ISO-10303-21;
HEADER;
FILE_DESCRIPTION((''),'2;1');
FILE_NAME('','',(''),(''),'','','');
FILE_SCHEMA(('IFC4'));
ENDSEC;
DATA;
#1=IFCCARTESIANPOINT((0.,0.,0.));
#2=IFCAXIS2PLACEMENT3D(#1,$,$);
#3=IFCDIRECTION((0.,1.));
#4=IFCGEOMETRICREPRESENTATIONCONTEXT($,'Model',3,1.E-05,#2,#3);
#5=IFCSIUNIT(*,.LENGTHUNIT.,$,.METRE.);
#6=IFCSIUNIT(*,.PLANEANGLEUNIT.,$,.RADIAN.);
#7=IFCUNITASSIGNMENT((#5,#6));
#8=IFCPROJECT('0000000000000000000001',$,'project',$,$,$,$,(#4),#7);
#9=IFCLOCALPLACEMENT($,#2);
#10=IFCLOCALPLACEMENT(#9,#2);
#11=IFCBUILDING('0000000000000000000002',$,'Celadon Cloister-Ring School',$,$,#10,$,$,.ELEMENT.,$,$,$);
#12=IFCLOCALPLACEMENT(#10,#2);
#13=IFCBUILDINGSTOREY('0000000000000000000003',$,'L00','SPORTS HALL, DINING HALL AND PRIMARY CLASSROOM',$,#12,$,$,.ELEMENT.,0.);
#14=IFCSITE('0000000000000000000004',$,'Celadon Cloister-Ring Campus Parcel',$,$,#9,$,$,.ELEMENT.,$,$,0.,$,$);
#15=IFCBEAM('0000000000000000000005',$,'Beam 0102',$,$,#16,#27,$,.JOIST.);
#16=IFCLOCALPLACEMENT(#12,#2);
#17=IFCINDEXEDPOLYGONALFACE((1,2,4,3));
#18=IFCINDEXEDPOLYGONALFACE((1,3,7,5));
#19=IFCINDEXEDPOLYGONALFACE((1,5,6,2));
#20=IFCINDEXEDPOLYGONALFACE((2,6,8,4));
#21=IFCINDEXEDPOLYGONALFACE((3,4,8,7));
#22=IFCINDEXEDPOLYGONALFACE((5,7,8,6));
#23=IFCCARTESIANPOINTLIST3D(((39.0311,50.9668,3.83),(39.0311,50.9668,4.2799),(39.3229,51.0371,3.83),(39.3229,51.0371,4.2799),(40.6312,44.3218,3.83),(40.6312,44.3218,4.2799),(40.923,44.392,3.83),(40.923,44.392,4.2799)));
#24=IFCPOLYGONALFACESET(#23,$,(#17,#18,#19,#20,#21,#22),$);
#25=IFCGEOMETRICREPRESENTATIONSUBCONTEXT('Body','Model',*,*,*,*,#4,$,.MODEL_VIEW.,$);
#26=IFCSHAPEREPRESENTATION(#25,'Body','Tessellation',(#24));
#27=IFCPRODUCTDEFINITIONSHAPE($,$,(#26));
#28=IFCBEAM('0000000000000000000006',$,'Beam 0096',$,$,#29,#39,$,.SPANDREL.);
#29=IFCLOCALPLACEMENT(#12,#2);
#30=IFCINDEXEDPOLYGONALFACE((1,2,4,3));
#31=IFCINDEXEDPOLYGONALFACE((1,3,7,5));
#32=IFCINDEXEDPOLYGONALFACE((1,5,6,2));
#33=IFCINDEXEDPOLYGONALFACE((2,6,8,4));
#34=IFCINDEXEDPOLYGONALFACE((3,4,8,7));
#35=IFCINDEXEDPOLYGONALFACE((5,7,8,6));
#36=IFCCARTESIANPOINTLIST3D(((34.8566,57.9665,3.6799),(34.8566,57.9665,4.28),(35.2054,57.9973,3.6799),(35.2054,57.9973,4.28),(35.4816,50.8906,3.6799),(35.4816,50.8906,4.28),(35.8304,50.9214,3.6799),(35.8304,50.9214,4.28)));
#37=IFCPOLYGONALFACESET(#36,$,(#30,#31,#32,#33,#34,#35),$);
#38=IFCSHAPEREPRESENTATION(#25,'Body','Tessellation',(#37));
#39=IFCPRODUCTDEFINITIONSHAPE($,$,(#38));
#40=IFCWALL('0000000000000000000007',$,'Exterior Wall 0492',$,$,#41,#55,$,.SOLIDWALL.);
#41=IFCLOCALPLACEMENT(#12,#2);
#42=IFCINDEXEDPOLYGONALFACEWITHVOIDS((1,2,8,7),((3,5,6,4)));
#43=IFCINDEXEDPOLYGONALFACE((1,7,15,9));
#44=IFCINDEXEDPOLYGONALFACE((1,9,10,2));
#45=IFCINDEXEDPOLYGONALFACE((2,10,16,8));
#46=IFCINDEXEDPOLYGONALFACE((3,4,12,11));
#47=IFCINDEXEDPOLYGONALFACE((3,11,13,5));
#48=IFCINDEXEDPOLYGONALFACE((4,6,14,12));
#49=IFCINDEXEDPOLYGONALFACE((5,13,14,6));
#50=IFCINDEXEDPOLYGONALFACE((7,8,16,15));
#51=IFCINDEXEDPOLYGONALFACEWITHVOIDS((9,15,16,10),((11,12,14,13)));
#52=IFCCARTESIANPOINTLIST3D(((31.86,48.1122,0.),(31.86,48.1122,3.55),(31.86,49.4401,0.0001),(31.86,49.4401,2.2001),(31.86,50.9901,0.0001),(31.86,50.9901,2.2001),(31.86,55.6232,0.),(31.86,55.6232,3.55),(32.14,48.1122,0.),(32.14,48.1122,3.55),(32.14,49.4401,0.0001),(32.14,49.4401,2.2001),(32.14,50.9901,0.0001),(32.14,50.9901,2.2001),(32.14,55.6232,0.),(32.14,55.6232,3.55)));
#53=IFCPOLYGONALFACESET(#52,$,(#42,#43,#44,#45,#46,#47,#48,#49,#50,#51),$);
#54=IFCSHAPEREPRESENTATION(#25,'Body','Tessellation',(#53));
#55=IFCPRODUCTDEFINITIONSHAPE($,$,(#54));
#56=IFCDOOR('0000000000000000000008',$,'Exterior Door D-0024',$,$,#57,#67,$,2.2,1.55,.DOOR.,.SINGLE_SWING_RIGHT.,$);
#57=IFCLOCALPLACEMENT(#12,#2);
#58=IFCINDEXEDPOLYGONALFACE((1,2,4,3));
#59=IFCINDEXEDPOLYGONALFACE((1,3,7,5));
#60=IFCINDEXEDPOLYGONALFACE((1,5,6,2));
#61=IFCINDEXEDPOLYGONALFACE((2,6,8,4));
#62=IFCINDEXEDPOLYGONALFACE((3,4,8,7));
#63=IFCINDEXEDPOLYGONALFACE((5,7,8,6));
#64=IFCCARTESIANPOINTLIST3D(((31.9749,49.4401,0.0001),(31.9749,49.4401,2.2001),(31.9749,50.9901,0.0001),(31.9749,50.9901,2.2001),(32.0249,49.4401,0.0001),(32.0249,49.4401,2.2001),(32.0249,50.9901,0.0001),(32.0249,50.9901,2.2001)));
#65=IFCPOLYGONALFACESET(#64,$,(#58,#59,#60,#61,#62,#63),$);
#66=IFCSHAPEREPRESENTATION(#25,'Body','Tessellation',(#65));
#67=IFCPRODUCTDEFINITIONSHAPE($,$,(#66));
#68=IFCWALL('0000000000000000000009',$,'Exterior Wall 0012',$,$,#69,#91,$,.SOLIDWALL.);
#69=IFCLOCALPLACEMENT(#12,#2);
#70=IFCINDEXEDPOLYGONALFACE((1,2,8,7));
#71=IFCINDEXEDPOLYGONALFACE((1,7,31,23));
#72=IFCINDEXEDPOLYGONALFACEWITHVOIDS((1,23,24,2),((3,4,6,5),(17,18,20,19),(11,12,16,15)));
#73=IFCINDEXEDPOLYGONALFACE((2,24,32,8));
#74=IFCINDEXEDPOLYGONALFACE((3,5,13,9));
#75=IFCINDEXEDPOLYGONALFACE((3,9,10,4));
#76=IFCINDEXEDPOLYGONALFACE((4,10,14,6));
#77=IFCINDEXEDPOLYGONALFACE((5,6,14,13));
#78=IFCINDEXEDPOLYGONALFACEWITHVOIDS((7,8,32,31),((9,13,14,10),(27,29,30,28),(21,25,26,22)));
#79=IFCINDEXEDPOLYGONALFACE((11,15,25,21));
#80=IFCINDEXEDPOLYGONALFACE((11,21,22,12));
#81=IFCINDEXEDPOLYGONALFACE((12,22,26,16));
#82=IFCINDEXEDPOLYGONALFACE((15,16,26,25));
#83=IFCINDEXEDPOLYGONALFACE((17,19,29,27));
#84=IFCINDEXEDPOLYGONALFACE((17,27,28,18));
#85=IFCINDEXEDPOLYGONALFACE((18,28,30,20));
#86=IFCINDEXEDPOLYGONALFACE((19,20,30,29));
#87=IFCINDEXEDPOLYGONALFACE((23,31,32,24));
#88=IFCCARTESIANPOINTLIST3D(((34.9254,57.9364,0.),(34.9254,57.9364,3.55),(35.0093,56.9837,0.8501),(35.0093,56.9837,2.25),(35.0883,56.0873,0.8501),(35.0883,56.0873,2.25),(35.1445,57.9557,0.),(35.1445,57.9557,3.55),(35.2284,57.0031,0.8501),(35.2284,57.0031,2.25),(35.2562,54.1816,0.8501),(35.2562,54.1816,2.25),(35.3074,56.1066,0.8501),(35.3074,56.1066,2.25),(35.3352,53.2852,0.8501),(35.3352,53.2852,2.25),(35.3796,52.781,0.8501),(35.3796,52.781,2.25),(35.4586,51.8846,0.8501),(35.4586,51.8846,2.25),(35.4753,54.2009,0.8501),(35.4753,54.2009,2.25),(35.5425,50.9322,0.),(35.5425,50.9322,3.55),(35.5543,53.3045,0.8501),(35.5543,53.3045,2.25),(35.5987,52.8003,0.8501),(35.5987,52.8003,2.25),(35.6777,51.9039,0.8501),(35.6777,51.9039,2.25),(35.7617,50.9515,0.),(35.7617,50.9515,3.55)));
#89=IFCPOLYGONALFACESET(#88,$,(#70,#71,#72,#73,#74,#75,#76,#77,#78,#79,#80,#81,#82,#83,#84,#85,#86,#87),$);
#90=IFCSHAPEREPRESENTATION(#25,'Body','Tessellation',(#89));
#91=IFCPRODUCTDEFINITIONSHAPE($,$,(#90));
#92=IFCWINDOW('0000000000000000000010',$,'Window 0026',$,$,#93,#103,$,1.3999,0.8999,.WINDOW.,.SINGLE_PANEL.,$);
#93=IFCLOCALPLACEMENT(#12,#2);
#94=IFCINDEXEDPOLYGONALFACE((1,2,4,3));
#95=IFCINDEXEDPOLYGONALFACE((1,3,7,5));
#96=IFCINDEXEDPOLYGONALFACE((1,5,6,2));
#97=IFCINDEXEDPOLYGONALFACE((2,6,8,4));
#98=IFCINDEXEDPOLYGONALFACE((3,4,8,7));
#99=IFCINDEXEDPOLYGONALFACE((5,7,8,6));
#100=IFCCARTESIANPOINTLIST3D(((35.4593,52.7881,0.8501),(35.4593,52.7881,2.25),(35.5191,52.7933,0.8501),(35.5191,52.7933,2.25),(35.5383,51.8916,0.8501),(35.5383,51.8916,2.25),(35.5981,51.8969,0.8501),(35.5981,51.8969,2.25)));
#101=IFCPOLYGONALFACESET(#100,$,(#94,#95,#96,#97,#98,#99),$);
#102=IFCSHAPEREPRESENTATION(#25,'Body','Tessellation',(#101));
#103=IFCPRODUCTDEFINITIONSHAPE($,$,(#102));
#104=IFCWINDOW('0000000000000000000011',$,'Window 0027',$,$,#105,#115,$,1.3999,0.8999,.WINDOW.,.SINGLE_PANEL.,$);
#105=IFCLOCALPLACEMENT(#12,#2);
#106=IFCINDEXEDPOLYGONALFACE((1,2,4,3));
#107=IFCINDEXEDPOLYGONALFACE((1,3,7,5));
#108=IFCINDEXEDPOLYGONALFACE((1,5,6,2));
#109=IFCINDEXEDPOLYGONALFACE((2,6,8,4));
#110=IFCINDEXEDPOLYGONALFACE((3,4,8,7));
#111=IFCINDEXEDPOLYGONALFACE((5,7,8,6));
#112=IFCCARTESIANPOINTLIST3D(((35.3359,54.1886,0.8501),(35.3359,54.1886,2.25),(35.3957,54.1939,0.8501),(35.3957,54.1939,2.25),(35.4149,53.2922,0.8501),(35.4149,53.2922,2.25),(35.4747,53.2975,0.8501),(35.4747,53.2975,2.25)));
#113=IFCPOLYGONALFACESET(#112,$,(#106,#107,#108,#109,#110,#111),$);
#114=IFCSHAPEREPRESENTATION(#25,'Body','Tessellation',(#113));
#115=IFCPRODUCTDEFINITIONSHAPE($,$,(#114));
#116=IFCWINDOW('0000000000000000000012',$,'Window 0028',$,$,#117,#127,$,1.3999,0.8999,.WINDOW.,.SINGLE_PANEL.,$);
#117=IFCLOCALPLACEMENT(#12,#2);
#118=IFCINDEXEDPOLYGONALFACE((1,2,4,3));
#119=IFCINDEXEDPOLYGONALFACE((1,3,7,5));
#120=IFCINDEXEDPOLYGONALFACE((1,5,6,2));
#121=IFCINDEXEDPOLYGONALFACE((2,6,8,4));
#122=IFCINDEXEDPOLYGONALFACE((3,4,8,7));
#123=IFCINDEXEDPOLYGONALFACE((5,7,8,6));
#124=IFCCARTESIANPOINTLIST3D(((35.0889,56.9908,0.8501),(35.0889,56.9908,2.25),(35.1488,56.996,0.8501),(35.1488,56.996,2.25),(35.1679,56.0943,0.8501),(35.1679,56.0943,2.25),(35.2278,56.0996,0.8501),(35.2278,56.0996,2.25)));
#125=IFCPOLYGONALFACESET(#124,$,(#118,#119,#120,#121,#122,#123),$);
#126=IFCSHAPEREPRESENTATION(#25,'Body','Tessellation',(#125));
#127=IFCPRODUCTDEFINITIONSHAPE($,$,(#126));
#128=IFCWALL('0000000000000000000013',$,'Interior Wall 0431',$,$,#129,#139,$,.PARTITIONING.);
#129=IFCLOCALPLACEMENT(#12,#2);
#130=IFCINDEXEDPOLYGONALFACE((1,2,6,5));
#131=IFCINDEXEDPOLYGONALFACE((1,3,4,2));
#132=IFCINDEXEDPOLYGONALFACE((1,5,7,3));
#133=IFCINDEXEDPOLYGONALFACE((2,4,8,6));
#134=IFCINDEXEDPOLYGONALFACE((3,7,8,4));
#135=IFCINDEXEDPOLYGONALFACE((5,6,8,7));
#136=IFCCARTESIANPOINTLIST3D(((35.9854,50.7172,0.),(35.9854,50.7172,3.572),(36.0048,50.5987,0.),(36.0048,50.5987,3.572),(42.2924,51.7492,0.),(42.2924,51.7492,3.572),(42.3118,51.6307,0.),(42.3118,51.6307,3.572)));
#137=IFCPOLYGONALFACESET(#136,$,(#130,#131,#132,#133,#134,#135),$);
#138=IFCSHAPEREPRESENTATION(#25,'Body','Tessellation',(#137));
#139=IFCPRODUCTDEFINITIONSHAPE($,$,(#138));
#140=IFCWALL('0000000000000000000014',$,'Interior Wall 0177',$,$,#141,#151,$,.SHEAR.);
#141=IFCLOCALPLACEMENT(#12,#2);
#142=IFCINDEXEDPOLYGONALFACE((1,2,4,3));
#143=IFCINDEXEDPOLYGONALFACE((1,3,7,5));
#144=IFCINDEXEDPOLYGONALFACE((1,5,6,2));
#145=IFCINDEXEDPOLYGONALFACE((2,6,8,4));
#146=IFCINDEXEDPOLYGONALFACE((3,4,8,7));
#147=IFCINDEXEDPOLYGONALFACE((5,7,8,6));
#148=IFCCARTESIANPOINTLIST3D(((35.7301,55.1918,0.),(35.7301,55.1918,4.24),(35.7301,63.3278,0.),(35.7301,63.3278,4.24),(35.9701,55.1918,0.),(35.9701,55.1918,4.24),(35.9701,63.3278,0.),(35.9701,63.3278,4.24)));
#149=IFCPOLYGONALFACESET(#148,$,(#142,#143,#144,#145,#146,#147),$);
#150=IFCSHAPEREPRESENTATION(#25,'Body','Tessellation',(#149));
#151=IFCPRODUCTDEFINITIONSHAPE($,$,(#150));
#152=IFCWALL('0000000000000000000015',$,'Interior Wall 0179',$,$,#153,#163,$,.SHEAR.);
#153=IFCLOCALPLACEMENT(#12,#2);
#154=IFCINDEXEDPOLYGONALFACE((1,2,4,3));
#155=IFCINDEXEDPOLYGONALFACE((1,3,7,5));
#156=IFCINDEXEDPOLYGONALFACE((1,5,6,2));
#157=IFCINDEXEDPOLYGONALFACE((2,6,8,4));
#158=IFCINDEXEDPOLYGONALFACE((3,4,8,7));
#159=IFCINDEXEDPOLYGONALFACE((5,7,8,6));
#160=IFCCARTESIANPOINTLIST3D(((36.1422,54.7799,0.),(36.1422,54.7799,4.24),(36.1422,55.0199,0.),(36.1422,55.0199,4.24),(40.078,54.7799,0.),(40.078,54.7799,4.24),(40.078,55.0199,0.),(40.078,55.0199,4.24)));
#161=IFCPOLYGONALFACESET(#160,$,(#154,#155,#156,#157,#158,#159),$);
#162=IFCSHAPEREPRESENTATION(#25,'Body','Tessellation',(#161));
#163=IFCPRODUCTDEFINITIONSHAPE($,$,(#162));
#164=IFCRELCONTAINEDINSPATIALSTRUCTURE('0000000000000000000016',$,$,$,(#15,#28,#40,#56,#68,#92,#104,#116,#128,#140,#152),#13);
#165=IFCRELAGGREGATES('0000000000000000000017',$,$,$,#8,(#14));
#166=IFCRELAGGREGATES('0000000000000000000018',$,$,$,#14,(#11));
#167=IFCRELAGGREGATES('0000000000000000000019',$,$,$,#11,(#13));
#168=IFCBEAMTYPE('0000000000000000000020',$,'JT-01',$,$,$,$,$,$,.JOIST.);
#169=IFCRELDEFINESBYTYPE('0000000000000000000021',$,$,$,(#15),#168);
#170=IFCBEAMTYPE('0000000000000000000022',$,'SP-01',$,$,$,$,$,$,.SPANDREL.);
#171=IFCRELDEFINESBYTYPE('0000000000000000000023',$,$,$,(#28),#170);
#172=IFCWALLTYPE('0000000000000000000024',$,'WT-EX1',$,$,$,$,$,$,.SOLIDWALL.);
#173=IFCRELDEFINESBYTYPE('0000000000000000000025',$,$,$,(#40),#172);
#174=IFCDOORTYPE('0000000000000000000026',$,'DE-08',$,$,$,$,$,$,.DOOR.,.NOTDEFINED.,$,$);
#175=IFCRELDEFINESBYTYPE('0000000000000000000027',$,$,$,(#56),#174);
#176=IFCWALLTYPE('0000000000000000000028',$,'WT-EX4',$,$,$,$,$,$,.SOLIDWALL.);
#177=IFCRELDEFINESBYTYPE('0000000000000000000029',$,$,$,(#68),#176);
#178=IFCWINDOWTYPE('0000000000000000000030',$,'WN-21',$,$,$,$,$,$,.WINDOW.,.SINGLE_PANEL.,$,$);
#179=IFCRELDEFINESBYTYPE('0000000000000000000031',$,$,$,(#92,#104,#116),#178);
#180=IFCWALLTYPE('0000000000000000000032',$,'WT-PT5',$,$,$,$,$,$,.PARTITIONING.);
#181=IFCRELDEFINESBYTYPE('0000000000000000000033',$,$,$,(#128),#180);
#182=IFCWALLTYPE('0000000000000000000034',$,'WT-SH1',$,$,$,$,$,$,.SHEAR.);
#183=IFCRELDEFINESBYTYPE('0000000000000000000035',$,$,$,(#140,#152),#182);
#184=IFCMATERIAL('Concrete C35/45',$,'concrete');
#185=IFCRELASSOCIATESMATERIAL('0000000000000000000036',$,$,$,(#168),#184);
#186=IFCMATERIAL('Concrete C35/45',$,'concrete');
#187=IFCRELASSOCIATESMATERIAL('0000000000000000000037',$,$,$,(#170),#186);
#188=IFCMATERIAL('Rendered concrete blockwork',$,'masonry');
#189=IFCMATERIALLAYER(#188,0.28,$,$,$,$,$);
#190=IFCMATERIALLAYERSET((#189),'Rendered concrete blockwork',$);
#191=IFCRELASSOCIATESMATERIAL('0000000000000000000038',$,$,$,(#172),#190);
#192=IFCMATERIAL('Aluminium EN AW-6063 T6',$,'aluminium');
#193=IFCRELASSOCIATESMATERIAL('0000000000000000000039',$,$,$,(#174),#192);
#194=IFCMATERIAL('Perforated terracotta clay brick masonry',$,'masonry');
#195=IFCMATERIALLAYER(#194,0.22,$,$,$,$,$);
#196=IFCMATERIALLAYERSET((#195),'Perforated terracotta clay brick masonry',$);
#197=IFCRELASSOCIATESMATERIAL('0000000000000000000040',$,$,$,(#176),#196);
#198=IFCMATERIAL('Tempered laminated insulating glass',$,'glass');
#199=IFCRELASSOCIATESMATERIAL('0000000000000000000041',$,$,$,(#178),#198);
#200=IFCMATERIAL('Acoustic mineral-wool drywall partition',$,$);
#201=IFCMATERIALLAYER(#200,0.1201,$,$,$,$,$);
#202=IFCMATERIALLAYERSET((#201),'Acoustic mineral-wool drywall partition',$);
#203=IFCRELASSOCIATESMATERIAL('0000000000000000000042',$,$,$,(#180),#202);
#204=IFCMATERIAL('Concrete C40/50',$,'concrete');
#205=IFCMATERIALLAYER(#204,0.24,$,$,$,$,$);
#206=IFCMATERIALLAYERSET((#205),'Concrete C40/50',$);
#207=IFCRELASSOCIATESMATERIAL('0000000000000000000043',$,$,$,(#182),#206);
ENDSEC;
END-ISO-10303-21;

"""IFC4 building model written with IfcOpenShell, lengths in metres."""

from ifc_helpers import new_model, si_unit, direction, frame, frame_2d, origin, origin_2d, place, context, subcontext, project, spatial, rectangle, extrude, material, layer, layer_set, material_profile, profile_set, type_object, element, fill, save


model = new_model("IFC4")

# Units and contexts
model_context = context("Model", 3, precision=1e-05, world=origin(), true_north=direction((0.0, 1.0)))
body_context = subcontext(model_context, "Body", "Model", "MODEL_VIEW")
ifc_project = project(units=[si_unit("LENGTHUNIT", "METRE"), si_unit("PLANEANGLEUNIT", "RADIAN")], contexts=[model_context])

# Site, building, storey
site_placement = place(None, origin())
site = spatial("IfcSite", under=ifc_project, at=site_placement, Name="Celadon Cloister-Ring Campus Parcel", CompositionType="ELEMENT", RefElevation=0.0)
building_placement = place(site_placement, origin())
building = spatial("IfcBuilding", under=site, at=building_placement, Name="Celadon Cloister-Ring School", CompositionType="ELEMENT")
storey_placement = place(building_placement, origin())
storey = spatial("IfcBuildingStorey", under=building, at=storey_placement, Name="L00", Description="SPORTS HALL, DINING HALL AND PRIMARY CLASSROOM", CompositionType="ELEMENT", Elevation=0.0)

# Beams
ifc_material_1 = material(Name="Concrete C35/45", Category="concrete")
ifc_material_profile_1 = material_profile(ifc_material_1, rectangle(XDim=0.3, YDim=0.45, at=origin_2d()), Name="RC300X450")
ifc_profile_set_1 = profile_set([ifc_material_profile_1], Name="Concrete C35/45")
beam_type_1 = type_object("IfcBeamType", Name="JT-01", PredefinedType="JOIST", material=ifc_profile_set_1)
beam_1_placement = place(storey_placement, frame((39.177, 51.002, 4.0549), z_axis=(0.234105, -0.972211, 0.0), x_axis=(0.972211, 0.234105, 0.0)))
element("IfcBeam", 1, at=beam_1_placement, inside=storey, type_object=beam_type_1, Name="Beam 0102", PredefinedType="JOIST", context=body_context, shape_type="SweptSolid", body=[
    extrude(rectangle(XDim=0.3, YDim=0.45, at=origin_2d()), origin(), (0.0, 0.0, 1.0), 6.835),
])
ifc_material_2 = material(Name="Concrete C35/45", Category="concrete")
ifc_material_profile_2 = material_profile(ifc_material_2, rectangle(XDim=0.3501, YDim=0.6001, at=origin_2d()), Name="RC350X600")
ifc_profile_set_2 = profile_set([ifc_material_profile_2], Name="Concrete C35/45")
beam_type_2 = type_object("IfcBeamType", Name="SP-01", PredefinedType="SPANDREL", material=ifc_profile_set_2)
beam_2_placement = place(storey_placement, frame((35.031, 57.9819, 3.98), z_axis=(0.087985, -0.996122, 0.0), x_axis=(0.996122, 0.087985, 0.0)))
element("IfcBeam", 2, at=beam_2_placement, inside=storey, type_object=beam_type_2, Name="Beam 0096", PredefinedType="SPANDREL", context=body_context, shape_type="SweptSolid", body=[
    extrude(rectangle(XDim=0.3501, YDim=0.6001, at=origin_2d()), origin(), (0.0, 0.0, 1.0), 7.1035),
])

# Wall, opening, door
ifc_material_3 = material(Name="Rendered concrete blockwork", Category="masonry")
ifc_layer_1 = layer(ifc_material_3, 0.28)
ifc_layer_set_1 = layer_set([ifc_layer_1], Name="Rendered concrete blockwork")
wall_type_1 = type_object("IfcWallType", Name="WT-EX1", PredefinedType="SOLIDWALL", material=ifc_layer_set_1)
wall_1_placement = place(storey_placement, frame((32.0, 55.623, 0.0), z_axis=(0.0, 0.0, 1.0), x_axis=(0.0, -1.0, 0.0)))
wall_1 = element("IfcWall", 3, at=wall_1_placement, inside=storey, type_object=wall_type_1, Name="Exterior Wall 0492", PredefinedType="SOLIDWALL", context=body_context, shape_type="SweptSolid", body=[
    extrude(rectangle(XDim=7.511, YDim=0.28, at=frame_2d((3.7554, 0.0))), origin(), (0.0, 0.0, 1.0), 3.55),
])
opening_1_placement = place(wall_1_placement, frame((4.6331, 0.0, 0.0)))
opening_1 = element("IfcOpeningElement", 4, at=opening_1_placement, cuts=wall_1, PredefinedType="OPENING", context=body_context, shape_type="SweptSolid", body=[
    extrude(rectangle(XDim=1.55, YDim=2.2, at=frame_2d((0.7749, 1.1001))), frame((0.0, 0.1499, 0.0), z_axis=(0.0, -1.0, 0.0), x_axis=(1.0, 0.0, 0.0)), (0.0, 0.0, 1.0), 0.3),
])
ifc_material_4 = material(Name="Aluminium EN AW-6063 T6", Category="aluminium")
door_type = type_object("IfcDoorType", Name="DE-08", OperationType="NOTDEFINED", PredefinedType="DOOR", material=ifc_material_4)
door_placement = place(opening_1_placement, origin())
door = element("IfcDoor", 5, at=door_placement, inside=storey, type_object=door_type, Name="Exterior Door D-0024", OperationType="SINGLE_SWING_RIGHT", OverallHeight=2.2, OverallWidth=1.55, PredefinedType="DOOR", context=body_context, shape_type="SweptSolid", body=[
    extrude(rectangle(XDim=1.55, YDim=2.2, at=frame_2d((0.7749, 1.1001))), frame((0.0, 0.0249, 0.0), z_axis=(0.0, -1.0, 0.0), x_axis=(1.0, 0.0, 0.0)), (0.0, 0.0, 1.0), 0.05),
])
fill(opening_1, door)

# Wall, openings, windows
ifc_material_5 = material(Name="Perforated terracotta clay brick masonry", Category="masonry")
ifc_layer_2 = layer(ifc_material_5, 0.22)
ifc_layer_set_2 = layer_set([ifc_layer_2], Name="Perforated terracotta clay brick masonry")
wall_type_2 = type_object("IfcWallType", Name="WT-EX4", PredefinedType="SOLIDWALL", material=ifc_layer_set_2)
wall_2_placement = place(storey_placement, frame((35.6521, 50.9419, 0.0), z_axis=(0.0, 0.0, 1.0), x_axis=(-0.087777, 0.99614, 0.0)))
wall_2 = element("IfcWall", 6, at=wall_2_placement, inside=storey, type_object=wall_type_2, Name="Exterior Wall 0012", PredefinedType="SOLIDWALL", context=body_context, shape_type="SweptSolid", body=[
    extrude(rectangle(XDim=7.0312, YDim=0.22, at=frame_2d((3.5156, 0.0))), origin(), (0.0, 0.0, 1.0), 3.55),
])
opening_2_placement = place(wall_2_placement, frame((0.9561, 0.0, 0.8501)))
opening_2 = element("IfcOpeningElement", 7, at=opening_2_placement, cuts=wall_2, PredefinedType="OPENING", context=body_context, shape_type="SweptSolid", body=[
    extrude(rectangle(XDim=0.8999, YDim=1.3999, at=frame_2d((0.45, 0.7))), frame((0.0, 0.1201, 0.0), z_axis=(0.0, -1.0, 0.0), x_axis=(1.0, 0.0, 0.0)), (0.0, 0.0, 1.0), 0.24),
])
opening_3_placement = place(wall_2_placement, frame((2.3621, 0.0, 0.8501)))
opening_3 = element("IfcOpeningElement", 8, at=opening_3_placement, cuts=wall_2, PredefinedType="OPENING", context=body_context, shape_type="SweptSolid", body=[
    extrude(rectangle(XDim=0.8999, YDim=1.3999, at=frame_2d((0.45, 0.7))), frame((0.0, 0.1201, 0.0), z_axis=(0.0, -1.0, 0.0), x_axis=(1.0, 0.0, 0.0)), (0.0, 0.0, 1.0), 0.24),
])
opening_4_placement = place(wall_2_placement, frame((5.175, 0.0, 0.8501)))
opening_4 = element("IfcOpeningElement", 9, at=opening_4_placement, cuts=wall_2, PredefinedType="OPENING", context=body_context, shape_type="SweptSolid", body=[
    extrude(rectangle(XDim=0.8999, YDim=1.3999, at=frame_2d((0.45, 0.7))), frame((0.0, 0.1201, 0.0), z_axis=(0.0, -1.0, 0.0), x_axis=(1.0, 0.0, 0.0)), (0.0, 0.0, 1.0), 0.24),
])
ifc_material_6 = material(Name="Tempered laminated insulating glass", Category="glass")
window_type = type_object("IfcWindowType", Name="WN-21", PartitioningType="SINGLE_PANEL", PredefinedType="WINDOW", material=ifc_material_6)
window_1_placement = place(opening_2_placement, origin())
window_1 = element("IfcWindow", 10, at=window_1_placement, inside=storey, type_object=window_type, Name="Window 0026", OverallHeight=1.3999, OverallWidth=0.8999, PartitioningType="SINGLE_PANEL", PredefinedType="WINDOW", context=body_context, shape_type="SweptSolid", body=[
    extrude(rectangle(XDim=0.8999, YDim=1.3999, at=frame_2d((0.45, 0.7))), frame((0.0, 0.03, 0.0), z_axis=(0.0, -1.0, 0.0), x_axis=(1.0, 0.0, 0.0)), (0.0, 0.0, 1.0), 0.0601),
])
fill(opening_2, window_1)
window_2_placement = place(opening_3_placement, origin())
window_2 = element("IfcWindow", 11, at=window_2_placement, inside=storey, type_object=window_type, Name="Window 0027", OverallHeight=1.3999, OverallWidth=0.8999, PartitioningType="SINGLE_PANEL", PredefinedType="WINDOW", context=body_context, shape_type="SweptSolid", body=[
    extrude(rectangle(XDim=0.8999, YDim=1.3999, at=frame_2d((0.45, 0.7))), frame((0.0, 0.03, 0.0), z_axis=(0.0, -1.0, 0.0), x_axis=(1.0, 0.0, 0.0)), (0.0, 0.0, 1.0), 0.0601),
])
fill(opening_3, window_2)
window_3_placement = place(opening_4_placement, origin())
window_3 = element("IfcWindow", 12, at=window_3_placement, inside=storey, type_object=window_type, Name="Window 0028", OverallHeight=1.3999, OverallWidth=0.8999, PartitioningType="SINGLE_PANEL", PredefinedType="WINDOW", context=body_context, shape_type="SweptSolid", body=[
    extrude(rectangle(XDim=0.8999, YDim=1.3999, at=frame_2d((0.45, 0.7))), frame((0.0, 0.03, 0.0), z_axis=(0.0, -1.0, 0.0), x_axis=(1.0, 0.0, 0.0)), (0.0, 0.0, 1.0), 0.0601),
])
fill(opening_4, window_3)

# Walls
ifc_material_7 = material(Name="Acoustic mineral-wool drywall partition")
ifc_layer_3 = layer(ifc_material_7, 0.1201)
ifc_layer_set_3 = layer_set([ifc_layer_3], Name="Acoustic mineral-wool drywall partition")
wall_type_3 = type_object("IfcWallType", Name="WT-PT5", PredefinedType="PARTITIONING", material=ifc_layer_set_3)
wall_3_placement = place(storey_placement, frame((42.302, 51.6899, 0.0), z_axis=(0.0, 0.0, 1.0), x_axis=(-0.986876, -0.16148, 0.0)))
element("IfcWall", 13, at=wall_3_placement, inside=storey, type_object=wall_type_3, Name="Interior Wall 0431", PredefinedType="PARTITIONING", context=body_context, shape_type="SweptSolid", body=[
    extrude(rectangle(XDim=6.3909, YDim=0.1201, at=frame_2d((3.1953, 0.0))), origin(), (0.0, 0.0, 1.0), 3.572),
])
ifc_material_8 = material(Name="Concrete C40/50", Category="concrete")
ifc_layer_4 = layer(ifc_material_8, 0.24)
ifc_layer_set_4 = layer_set([ifc_layer_4], Name="Concrete C40/50")
wall_type_4 = type_object("IfcWallType", Name="WT-SH1", PredefinedType="SHEAR", material=ifc_layer_set_4)
wall_4_placement = place(storey_placement, frame((35.8501, 55.1919, 0.0), z_axis=(0.0, 0.0, 1.0), x_axis=(0.0, 1.0, 0.0)))
element("IfcWall", 14, at=wall_4_placement, inside=storey, type_object=wall_type_4, Name="Interior Wall 0177", PredefinedType="SHEAR", context=body_context, shape_type="SweptSolid", body=[
    extrude(rectangle(XDim=8.136, YDim=0.24, at=frame_2d((4.0679, 0.0))), origin(), (0.0, 0.0, 1.0), 4.24),
])
wall_5_placement = place(storey_placement, frame((40.0779, 54.8999, 0.0), z_axis=(0.0, 0.0, 1.0), x_axis=(-1.0, 0.0, 0.0)))
element("IfcWall", 15, at=wall_5_placement, inside=storey, type_object=wall_type_4, Name="Interior Wall 0179", PredefinedType="SHEAR", context=body_context, shape_type="SweptSolid", body=[
    extrude(rectangle(XDim=3.9358, YDim=0.24, at=frame_2d((1.9678, 0.0))), origin(), (0.0, 0.0, 1.0), 4.24),
])

save(model, "model.ifc")
